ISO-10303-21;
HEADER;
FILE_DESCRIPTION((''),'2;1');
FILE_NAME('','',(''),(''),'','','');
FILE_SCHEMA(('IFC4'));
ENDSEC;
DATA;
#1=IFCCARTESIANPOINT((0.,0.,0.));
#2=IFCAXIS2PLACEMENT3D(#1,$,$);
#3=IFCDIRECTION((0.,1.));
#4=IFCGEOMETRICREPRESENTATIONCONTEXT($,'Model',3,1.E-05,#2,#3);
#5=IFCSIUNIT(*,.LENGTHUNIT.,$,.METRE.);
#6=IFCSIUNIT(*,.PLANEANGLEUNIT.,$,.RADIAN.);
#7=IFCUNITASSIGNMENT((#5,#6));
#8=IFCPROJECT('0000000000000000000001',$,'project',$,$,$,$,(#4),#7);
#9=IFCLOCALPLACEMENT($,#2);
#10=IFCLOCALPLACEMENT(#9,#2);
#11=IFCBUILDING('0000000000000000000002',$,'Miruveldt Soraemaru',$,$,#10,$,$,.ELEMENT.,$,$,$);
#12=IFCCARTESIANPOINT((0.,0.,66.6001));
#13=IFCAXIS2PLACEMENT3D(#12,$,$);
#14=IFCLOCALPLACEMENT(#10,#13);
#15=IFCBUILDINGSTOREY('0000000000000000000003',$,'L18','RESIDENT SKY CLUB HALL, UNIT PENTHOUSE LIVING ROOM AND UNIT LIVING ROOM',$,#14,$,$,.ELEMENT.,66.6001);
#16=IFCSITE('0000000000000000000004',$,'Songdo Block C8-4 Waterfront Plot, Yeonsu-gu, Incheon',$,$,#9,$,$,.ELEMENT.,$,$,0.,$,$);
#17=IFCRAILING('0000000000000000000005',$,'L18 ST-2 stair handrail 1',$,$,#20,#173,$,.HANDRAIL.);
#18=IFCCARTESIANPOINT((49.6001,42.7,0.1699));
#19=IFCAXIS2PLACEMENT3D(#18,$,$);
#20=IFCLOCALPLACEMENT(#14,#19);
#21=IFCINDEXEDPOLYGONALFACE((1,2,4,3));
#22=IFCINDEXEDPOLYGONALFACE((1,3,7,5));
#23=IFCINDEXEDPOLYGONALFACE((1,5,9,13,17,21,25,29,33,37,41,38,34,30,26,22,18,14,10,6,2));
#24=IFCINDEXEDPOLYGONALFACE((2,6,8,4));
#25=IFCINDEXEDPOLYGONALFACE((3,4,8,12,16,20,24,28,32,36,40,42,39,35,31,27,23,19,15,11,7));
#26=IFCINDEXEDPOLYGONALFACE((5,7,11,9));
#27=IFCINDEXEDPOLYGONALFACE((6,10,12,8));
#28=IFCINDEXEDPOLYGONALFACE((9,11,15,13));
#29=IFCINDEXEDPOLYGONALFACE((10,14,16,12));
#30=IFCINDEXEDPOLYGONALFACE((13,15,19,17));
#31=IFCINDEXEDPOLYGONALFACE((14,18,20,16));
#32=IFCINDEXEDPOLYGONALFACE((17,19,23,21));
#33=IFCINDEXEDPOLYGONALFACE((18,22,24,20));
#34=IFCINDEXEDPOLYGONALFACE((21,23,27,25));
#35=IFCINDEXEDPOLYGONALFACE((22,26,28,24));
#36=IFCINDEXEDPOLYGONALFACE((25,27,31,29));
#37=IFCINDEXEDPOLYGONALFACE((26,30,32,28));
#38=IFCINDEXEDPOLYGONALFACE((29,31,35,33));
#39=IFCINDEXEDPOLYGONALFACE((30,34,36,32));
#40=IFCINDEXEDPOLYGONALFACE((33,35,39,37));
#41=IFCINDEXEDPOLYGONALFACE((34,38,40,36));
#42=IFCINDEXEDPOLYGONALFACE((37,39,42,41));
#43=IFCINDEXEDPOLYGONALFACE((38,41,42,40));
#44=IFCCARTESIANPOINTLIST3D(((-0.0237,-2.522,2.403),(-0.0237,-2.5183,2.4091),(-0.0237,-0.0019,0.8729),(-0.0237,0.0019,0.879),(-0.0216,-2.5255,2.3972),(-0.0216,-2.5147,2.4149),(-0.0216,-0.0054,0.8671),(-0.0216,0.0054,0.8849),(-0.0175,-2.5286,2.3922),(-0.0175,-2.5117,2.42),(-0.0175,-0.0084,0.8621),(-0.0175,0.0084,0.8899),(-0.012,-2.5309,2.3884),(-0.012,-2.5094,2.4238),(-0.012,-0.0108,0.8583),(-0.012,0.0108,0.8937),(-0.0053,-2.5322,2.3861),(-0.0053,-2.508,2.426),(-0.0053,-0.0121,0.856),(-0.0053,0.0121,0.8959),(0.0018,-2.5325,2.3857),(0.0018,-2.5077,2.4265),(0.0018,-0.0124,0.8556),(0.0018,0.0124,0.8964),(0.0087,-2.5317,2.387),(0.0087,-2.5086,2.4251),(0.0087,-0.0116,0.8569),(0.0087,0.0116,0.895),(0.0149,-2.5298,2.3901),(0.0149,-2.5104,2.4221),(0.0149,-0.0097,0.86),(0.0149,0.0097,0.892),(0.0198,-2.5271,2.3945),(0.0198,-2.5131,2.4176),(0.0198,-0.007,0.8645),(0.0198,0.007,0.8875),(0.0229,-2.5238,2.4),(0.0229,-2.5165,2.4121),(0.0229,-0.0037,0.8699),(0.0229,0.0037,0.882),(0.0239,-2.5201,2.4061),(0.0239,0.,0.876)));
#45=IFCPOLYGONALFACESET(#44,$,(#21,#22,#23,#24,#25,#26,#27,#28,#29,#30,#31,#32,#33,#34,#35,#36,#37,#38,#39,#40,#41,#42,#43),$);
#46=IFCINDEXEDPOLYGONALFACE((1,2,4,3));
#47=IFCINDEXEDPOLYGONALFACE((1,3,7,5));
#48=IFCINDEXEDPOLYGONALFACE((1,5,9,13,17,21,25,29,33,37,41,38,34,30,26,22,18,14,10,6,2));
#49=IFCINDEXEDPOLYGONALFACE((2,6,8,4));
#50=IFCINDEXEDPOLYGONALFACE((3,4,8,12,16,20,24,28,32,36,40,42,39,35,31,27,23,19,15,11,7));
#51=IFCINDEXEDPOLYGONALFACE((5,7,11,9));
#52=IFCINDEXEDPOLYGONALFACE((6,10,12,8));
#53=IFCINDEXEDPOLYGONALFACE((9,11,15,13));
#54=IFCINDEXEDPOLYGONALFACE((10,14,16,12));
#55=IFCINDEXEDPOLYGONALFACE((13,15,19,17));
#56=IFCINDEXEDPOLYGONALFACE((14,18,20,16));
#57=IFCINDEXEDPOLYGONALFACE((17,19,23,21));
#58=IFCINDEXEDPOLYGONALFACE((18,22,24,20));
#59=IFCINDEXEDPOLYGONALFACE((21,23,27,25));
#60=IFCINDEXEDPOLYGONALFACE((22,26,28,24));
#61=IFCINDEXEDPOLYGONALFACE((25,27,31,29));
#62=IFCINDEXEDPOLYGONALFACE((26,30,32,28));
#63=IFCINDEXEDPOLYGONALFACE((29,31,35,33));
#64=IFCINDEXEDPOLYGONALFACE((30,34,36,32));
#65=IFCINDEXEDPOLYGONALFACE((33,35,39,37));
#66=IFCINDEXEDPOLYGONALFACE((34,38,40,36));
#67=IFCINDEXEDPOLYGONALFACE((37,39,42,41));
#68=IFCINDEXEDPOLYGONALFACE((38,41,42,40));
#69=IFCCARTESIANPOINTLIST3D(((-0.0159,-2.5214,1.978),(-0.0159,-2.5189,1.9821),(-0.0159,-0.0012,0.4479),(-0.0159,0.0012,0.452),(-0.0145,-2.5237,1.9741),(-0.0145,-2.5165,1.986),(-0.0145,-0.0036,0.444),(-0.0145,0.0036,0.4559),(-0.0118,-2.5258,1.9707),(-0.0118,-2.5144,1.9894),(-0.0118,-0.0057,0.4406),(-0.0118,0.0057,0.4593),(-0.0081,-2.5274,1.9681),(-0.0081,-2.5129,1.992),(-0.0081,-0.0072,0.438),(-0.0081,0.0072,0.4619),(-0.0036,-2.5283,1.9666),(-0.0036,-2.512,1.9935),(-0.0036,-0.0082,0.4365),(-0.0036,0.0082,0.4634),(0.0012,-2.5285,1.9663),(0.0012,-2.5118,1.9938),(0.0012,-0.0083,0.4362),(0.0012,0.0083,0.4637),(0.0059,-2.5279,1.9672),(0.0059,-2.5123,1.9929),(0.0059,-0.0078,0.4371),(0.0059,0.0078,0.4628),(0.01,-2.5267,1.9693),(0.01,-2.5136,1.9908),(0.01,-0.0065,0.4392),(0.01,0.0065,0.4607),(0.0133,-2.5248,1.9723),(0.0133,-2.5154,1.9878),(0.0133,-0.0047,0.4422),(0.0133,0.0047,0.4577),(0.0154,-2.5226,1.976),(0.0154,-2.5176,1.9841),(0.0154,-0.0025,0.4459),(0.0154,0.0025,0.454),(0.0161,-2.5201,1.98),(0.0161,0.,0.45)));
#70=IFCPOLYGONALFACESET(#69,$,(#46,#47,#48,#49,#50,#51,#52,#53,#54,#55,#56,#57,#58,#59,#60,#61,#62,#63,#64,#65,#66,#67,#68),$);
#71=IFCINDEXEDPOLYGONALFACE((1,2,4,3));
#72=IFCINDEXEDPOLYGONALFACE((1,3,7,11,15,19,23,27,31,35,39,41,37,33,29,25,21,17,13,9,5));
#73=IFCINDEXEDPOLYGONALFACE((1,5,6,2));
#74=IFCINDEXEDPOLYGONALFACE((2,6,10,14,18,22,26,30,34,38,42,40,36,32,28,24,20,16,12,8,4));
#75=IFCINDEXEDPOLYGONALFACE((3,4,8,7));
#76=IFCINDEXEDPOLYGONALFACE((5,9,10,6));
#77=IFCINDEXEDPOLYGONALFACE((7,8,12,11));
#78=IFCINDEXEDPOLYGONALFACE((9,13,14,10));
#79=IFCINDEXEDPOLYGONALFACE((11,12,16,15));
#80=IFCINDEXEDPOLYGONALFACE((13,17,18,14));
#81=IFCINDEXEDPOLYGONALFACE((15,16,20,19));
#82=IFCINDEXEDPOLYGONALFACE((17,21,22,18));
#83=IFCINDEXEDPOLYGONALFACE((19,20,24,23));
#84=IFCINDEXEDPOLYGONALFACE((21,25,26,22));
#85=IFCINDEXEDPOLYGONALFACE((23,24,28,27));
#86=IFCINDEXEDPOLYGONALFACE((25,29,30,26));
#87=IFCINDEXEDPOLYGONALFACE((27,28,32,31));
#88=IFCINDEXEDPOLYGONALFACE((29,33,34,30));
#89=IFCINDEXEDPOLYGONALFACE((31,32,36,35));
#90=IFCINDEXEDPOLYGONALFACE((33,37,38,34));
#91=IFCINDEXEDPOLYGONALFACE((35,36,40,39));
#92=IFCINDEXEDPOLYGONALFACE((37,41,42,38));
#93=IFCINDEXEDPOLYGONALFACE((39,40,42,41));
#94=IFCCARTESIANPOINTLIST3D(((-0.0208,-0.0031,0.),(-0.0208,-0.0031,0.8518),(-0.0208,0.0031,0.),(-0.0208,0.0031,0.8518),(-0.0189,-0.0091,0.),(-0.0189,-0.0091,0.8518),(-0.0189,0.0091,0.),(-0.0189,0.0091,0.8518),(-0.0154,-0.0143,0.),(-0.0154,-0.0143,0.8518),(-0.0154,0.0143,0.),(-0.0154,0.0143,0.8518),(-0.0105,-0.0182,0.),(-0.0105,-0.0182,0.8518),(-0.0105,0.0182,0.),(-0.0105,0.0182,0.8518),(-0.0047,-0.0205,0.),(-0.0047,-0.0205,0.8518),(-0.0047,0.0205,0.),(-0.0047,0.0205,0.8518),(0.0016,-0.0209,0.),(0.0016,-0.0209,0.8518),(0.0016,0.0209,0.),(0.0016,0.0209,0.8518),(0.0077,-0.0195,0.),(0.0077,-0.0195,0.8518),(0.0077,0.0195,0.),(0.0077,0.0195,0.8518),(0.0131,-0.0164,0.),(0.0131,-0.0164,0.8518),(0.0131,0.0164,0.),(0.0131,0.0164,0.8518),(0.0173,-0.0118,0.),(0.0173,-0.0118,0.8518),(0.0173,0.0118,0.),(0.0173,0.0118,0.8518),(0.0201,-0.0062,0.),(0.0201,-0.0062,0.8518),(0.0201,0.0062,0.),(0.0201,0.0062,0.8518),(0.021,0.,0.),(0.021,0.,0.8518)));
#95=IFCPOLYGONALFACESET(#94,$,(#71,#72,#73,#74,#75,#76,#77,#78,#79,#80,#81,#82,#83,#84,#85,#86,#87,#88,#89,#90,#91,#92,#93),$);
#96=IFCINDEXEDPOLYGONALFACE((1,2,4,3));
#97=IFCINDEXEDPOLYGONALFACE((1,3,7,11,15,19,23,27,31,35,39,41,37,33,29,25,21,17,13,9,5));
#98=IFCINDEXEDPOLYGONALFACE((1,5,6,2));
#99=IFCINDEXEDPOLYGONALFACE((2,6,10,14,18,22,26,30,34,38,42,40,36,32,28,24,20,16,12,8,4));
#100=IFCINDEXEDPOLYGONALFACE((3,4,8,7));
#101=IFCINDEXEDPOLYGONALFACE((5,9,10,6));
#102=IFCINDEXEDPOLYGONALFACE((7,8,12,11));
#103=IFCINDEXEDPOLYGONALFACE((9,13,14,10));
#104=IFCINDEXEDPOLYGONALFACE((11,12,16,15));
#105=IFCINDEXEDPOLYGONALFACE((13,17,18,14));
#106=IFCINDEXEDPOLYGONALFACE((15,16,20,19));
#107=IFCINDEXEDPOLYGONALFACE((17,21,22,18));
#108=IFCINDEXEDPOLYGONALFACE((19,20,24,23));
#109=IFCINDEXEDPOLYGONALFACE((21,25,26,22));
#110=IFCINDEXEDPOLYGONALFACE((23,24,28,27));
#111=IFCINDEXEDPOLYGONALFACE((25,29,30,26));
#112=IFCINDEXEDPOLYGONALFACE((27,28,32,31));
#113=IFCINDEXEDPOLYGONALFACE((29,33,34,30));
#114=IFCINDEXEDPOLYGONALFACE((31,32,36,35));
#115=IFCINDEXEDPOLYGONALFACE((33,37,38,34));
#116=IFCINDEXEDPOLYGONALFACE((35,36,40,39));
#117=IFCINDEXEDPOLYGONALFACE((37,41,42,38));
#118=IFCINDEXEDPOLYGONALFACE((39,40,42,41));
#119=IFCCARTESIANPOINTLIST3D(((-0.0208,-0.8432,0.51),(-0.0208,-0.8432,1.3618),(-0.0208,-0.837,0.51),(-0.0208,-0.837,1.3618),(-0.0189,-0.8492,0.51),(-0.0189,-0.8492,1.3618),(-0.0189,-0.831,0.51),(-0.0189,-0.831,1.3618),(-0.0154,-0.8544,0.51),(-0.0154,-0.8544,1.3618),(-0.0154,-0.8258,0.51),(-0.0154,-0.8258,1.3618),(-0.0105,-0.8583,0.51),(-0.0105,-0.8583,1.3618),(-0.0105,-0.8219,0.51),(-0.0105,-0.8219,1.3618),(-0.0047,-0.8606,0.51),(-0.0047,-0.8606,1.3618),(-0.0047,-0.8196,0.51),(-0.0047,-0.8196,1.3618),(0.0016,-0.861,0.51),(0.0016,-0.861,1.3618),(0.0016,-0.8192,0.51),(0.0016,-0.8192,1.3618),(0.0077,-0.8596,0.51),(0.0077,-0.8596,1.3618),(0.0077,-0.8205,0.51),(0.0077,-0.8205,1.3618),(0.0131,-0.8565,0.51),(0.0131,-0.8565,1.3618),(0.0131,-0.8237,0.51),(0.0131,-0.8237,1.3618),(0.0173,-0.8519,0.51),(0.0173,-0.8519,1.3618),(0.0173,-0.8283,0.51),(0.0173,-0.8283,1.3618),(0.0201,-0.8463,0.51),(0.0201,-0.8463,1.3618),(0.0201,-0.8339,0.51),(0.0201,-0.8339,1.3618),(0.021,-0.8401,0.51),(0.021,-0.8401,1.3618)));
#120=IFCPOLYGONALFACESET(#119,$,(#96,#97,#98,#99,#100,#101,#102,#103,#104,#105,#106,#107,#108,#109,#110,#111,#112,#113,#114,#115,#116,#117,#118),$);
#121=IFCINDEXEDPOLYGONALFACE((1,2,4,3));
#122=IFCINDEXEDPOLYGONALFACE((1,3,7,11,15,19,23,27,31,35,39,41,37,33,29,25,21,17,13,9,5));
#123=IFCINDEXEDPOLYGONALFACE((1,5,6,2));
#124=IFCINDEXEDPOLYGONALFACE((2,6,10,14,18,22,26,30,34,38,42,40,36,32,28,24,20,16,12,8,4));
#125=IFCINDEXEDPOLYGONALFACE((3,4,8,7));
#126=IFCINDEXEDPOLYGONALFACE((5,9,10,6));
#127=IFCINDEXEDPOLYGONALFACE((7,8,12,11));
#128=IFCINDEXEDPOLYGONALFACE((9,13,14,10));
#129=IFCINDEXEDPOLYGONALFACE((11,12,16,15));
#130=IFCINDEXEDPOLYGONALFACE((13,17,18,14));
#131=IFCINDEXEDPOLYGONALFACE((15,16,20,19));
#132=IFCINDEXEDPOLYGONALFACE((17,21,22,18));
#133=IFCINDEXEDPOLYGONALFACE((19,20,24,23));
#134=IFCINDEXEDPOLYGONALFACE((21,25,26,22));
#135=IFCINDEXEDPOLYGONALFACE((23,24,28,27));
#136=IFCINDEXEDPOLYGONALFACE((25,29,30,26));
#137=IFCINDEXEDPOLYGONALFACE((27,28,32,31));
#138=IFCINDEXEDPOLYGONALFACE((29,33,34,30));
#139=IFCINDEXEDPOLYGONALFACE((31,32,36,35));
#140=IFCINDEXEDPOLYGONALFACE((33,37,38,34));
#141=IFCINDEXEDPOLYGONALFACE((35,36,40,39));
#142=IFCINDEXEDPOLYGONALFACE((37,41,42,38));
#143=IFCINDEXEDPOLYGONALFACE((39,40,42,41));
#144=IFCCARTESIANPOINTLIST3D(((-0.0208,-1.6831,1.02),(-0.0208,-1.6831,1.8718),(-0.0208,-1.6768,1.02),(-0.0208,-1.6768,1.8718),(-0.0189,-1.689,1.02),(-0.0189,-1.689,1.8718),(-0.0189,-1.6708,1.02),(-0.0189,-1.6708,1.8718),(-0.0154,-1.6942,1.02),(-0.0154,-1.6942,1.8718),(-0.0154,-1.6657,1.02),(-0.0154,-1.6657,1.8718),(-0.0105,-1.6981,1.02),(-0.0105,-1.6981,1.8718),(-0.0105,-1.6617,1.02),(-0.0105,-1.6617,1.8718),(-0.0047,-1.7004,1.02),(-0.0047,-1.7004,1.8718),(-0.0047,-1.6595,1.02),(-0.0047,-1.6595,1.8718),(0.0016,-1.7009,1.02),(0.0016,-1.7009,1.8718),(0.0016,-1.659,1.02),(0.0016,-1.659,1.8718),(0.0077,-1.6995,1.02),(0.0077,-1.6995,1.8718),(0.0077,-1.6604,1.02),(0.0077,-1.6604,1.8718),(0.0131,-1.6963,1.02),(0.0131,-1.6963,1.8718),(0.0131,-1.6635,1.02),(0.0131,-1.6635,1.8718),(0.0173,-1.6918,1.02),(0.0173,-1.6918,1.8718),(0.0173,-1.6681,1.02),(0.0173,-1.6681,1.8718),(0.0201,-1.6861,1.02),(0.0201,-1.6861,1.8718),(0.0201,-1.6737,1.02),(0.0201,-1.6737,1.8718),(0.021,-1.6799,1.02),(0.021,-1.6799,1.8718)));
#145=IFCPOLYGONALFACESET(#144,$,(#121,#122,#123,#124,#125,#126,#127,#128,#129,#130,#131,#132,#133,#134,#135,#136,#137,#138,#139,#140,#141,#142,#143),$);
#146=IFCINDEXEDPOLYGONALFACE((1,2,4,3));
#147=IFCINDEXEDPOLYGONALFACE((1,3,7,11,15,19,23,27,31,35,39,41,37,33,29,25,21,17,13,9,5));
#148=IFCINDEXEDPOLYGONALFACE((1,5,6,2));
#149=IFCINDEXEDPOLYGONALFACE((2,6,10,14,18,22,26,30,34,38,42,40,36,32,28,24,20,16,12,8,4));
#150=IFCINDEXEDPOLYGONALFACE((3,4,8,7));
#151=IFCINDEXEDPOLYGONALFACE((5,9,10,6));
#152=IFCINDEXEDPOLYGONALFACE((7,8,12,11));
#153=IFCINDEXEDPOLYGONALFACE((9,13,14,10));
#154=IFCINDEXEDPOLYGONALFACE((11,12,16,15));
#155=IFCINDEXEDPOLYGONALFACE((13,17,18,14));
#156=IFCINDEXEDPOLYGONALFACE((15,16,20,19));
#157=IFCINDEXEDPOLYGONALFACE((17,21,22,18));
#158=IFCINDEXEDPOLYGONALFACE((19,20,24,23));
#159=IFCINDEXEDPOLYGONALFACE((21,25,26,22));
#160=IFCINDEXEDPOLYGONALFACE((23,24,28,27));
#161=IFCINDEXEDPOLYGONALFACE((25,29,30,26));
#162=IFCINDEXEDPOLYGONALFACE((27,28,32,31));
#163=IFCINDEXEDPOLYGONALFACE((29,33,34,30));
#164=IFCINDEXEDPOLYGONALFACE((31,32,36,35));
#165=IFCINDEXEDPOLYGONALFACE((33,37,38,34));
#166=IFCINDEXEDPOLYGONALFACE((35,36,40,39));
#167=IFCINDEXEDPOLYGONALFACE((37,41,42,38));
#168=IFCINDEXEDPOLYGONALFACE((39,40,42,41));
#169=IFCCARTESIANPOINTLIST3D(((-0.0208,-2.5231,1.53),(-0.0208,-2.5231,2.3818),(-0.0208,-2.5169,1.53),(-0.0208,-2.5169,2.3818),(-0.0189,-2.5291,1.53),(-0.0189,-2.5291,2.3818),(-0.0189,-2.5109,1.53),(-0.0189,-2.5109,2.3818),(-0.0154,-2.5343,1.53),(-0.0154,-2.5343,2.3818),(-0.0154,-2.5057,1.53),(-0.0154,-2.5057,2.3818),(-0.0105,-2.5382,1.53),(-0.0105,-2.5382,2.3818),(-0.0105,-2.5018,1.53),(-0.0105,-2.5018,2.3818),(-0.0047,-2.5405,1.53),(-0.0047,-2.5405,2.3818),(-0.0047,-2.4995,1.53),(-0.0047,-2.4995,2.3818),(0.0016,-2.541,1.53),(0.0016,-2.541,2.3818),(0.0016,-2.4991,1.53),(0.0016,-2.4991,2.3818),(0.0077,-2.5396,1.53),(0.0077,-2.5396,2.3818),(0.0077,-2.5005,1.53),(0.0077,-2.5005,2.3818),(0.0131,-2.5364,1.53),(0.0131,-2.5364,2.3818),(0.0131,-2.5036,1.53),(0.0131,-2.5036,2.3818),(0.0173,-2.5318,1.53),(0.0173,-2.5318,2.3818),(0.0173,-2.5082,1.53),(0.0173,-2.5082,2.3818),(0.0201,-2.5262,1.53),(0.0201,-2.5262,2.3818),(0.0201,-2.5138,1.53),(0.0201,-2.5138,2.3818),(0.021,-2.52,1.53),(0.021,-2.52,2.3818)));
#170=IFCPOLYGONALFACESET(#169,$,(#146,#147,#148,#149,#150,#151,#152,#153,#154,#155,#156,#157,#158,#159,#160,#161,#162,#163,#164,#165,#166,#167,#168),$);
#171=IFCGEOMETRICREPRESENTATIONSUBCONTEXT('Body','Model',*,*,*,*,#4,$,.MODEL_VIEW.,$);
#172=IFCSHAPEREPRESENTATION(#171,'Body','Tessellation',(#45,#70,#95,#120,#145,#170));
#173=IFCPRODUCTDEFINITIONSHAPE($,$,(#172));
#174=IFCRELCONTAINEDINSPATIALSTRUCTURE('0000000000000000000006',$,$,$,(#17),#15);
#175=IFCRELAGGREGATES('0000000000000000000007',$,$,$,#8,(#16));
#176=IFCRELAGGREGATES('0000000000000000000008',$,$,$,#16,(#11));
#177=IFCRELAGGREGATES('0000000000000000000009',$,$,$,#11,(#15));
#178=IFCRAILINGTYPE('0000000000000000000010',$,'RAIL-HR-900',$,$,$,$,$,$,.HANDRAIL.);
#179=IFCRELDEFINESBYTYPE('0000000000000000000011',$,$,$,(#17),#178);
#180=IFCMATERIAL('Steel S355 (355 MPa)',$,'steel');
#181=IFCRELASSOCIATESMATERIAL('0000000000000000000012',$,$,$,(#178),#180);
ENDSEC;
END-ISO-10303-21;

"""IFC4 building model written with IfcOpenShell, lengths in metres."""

from ifc_helpers import new_model, si_unit, direction, frame, origin, origin_2d, place, context, subcontext, project, spatial, circle, extrude, material, type_object, element, save


model = new_model("IFC4")

# Units and contexts
model_context = context("Model", 3, precision=1e-05, world=origin(), true_north=direction((0.0, 1.0)))
body_context = subcontext(model_context, "Body", "Model", "MODEL_VIEW")
ifc_project = project(units=[si_unit("LENGTHUNIT", "METRE"), si_unit("PLANEANGLEUNIT", "RADIAN")], contexts=[model_context])

# Site, building, storey
site_placement = place(None, origin())
site = spatial("IfcSite", under=ifc_project, at=site_placement, Name="Songdo Block C8-4 Waterfront Plot, Yeonsu-gu, Incheon", CompositionType="ELEMENT", RefElevation=0.0)
building_placement = place(site_placement, origin())
building = spatial("IfcBuilding", under=site, at=building_placement, Name="Miruveldt Soraemaru", CompositionType="ELEMENT")
storey_placement = place(building_placement, frame((0.0, 0.0, 66.6001)))
storey = spatial("IfcBuildingStorey", under=building, at=storey_placement, Name="L18", Description="RESIDENT SKY CLUB HALL, UNIT PENTHOUSE LIVING ROOM AND UNIT LIVING ROOM", CompositionType="ELEMENT", Elevation=66.6001)

# Railing
ifc_material_1 = material(Name="Steel S355 (355 MPa)", Category="steel")
railing_type = type_object("IfcRailingType", Name="RAIL-HR-900", PredefinedType="HANDRAIL", material=ifc_material_1)
railing_placement = place(storey_placement, frame((49.6001, 42.7, 0.1699)))
element("IfcRailing", 1, at=railing_placement, inside=storey, type_object=railing_type, Name="L18 ST-2 stair handrail 1", PredefinedType="HANDRAIL", context=body_context, shape_type="SweptSolid", body=[
    extrude(circle(Radius=0.0239, at=origin_2d()), frame((0.0, 0.0, 0.876), z_axis=(0.0, -0.854785, 0.518982), x_axis=(1.0, 0.0, 0.0)), (0.0, 0.0, 1.0), 2.9482),
    extrude(circle(Radius=0.0161, at=origin_2d()), frame((0.0, 0.0, 0.45), z_axis=(0.0, -0.854785, 0.518982), x_axis=(1.0, 0.0, 0.0)), (0.0, 0.0, 1.0), 2.9482),
    extrude(circle(Radius=0.021, at=origin_2d()), origin(), (0.0, 0.0, 1.0), 0.8518),
    extrude(circle(Radius=0.021, at=origin_2d()), frame((0.0, -0.8401, 0.51)), (0.0, 0.0, 1.0), 0.8518),
    extrude(circle(Radius=0.021, at=origin_2d()), frame((0.0, -1.6799, 1.02)), (0.0, 0.0, 1.0), 0.8518),
    extrude(circle(Radius=0.021, at=origin_2d()), frame((0.0, -2.52, 1.53)), (0.0, 0.0, 1.0), 0.8518),
])

save(model, "model.ifc")
